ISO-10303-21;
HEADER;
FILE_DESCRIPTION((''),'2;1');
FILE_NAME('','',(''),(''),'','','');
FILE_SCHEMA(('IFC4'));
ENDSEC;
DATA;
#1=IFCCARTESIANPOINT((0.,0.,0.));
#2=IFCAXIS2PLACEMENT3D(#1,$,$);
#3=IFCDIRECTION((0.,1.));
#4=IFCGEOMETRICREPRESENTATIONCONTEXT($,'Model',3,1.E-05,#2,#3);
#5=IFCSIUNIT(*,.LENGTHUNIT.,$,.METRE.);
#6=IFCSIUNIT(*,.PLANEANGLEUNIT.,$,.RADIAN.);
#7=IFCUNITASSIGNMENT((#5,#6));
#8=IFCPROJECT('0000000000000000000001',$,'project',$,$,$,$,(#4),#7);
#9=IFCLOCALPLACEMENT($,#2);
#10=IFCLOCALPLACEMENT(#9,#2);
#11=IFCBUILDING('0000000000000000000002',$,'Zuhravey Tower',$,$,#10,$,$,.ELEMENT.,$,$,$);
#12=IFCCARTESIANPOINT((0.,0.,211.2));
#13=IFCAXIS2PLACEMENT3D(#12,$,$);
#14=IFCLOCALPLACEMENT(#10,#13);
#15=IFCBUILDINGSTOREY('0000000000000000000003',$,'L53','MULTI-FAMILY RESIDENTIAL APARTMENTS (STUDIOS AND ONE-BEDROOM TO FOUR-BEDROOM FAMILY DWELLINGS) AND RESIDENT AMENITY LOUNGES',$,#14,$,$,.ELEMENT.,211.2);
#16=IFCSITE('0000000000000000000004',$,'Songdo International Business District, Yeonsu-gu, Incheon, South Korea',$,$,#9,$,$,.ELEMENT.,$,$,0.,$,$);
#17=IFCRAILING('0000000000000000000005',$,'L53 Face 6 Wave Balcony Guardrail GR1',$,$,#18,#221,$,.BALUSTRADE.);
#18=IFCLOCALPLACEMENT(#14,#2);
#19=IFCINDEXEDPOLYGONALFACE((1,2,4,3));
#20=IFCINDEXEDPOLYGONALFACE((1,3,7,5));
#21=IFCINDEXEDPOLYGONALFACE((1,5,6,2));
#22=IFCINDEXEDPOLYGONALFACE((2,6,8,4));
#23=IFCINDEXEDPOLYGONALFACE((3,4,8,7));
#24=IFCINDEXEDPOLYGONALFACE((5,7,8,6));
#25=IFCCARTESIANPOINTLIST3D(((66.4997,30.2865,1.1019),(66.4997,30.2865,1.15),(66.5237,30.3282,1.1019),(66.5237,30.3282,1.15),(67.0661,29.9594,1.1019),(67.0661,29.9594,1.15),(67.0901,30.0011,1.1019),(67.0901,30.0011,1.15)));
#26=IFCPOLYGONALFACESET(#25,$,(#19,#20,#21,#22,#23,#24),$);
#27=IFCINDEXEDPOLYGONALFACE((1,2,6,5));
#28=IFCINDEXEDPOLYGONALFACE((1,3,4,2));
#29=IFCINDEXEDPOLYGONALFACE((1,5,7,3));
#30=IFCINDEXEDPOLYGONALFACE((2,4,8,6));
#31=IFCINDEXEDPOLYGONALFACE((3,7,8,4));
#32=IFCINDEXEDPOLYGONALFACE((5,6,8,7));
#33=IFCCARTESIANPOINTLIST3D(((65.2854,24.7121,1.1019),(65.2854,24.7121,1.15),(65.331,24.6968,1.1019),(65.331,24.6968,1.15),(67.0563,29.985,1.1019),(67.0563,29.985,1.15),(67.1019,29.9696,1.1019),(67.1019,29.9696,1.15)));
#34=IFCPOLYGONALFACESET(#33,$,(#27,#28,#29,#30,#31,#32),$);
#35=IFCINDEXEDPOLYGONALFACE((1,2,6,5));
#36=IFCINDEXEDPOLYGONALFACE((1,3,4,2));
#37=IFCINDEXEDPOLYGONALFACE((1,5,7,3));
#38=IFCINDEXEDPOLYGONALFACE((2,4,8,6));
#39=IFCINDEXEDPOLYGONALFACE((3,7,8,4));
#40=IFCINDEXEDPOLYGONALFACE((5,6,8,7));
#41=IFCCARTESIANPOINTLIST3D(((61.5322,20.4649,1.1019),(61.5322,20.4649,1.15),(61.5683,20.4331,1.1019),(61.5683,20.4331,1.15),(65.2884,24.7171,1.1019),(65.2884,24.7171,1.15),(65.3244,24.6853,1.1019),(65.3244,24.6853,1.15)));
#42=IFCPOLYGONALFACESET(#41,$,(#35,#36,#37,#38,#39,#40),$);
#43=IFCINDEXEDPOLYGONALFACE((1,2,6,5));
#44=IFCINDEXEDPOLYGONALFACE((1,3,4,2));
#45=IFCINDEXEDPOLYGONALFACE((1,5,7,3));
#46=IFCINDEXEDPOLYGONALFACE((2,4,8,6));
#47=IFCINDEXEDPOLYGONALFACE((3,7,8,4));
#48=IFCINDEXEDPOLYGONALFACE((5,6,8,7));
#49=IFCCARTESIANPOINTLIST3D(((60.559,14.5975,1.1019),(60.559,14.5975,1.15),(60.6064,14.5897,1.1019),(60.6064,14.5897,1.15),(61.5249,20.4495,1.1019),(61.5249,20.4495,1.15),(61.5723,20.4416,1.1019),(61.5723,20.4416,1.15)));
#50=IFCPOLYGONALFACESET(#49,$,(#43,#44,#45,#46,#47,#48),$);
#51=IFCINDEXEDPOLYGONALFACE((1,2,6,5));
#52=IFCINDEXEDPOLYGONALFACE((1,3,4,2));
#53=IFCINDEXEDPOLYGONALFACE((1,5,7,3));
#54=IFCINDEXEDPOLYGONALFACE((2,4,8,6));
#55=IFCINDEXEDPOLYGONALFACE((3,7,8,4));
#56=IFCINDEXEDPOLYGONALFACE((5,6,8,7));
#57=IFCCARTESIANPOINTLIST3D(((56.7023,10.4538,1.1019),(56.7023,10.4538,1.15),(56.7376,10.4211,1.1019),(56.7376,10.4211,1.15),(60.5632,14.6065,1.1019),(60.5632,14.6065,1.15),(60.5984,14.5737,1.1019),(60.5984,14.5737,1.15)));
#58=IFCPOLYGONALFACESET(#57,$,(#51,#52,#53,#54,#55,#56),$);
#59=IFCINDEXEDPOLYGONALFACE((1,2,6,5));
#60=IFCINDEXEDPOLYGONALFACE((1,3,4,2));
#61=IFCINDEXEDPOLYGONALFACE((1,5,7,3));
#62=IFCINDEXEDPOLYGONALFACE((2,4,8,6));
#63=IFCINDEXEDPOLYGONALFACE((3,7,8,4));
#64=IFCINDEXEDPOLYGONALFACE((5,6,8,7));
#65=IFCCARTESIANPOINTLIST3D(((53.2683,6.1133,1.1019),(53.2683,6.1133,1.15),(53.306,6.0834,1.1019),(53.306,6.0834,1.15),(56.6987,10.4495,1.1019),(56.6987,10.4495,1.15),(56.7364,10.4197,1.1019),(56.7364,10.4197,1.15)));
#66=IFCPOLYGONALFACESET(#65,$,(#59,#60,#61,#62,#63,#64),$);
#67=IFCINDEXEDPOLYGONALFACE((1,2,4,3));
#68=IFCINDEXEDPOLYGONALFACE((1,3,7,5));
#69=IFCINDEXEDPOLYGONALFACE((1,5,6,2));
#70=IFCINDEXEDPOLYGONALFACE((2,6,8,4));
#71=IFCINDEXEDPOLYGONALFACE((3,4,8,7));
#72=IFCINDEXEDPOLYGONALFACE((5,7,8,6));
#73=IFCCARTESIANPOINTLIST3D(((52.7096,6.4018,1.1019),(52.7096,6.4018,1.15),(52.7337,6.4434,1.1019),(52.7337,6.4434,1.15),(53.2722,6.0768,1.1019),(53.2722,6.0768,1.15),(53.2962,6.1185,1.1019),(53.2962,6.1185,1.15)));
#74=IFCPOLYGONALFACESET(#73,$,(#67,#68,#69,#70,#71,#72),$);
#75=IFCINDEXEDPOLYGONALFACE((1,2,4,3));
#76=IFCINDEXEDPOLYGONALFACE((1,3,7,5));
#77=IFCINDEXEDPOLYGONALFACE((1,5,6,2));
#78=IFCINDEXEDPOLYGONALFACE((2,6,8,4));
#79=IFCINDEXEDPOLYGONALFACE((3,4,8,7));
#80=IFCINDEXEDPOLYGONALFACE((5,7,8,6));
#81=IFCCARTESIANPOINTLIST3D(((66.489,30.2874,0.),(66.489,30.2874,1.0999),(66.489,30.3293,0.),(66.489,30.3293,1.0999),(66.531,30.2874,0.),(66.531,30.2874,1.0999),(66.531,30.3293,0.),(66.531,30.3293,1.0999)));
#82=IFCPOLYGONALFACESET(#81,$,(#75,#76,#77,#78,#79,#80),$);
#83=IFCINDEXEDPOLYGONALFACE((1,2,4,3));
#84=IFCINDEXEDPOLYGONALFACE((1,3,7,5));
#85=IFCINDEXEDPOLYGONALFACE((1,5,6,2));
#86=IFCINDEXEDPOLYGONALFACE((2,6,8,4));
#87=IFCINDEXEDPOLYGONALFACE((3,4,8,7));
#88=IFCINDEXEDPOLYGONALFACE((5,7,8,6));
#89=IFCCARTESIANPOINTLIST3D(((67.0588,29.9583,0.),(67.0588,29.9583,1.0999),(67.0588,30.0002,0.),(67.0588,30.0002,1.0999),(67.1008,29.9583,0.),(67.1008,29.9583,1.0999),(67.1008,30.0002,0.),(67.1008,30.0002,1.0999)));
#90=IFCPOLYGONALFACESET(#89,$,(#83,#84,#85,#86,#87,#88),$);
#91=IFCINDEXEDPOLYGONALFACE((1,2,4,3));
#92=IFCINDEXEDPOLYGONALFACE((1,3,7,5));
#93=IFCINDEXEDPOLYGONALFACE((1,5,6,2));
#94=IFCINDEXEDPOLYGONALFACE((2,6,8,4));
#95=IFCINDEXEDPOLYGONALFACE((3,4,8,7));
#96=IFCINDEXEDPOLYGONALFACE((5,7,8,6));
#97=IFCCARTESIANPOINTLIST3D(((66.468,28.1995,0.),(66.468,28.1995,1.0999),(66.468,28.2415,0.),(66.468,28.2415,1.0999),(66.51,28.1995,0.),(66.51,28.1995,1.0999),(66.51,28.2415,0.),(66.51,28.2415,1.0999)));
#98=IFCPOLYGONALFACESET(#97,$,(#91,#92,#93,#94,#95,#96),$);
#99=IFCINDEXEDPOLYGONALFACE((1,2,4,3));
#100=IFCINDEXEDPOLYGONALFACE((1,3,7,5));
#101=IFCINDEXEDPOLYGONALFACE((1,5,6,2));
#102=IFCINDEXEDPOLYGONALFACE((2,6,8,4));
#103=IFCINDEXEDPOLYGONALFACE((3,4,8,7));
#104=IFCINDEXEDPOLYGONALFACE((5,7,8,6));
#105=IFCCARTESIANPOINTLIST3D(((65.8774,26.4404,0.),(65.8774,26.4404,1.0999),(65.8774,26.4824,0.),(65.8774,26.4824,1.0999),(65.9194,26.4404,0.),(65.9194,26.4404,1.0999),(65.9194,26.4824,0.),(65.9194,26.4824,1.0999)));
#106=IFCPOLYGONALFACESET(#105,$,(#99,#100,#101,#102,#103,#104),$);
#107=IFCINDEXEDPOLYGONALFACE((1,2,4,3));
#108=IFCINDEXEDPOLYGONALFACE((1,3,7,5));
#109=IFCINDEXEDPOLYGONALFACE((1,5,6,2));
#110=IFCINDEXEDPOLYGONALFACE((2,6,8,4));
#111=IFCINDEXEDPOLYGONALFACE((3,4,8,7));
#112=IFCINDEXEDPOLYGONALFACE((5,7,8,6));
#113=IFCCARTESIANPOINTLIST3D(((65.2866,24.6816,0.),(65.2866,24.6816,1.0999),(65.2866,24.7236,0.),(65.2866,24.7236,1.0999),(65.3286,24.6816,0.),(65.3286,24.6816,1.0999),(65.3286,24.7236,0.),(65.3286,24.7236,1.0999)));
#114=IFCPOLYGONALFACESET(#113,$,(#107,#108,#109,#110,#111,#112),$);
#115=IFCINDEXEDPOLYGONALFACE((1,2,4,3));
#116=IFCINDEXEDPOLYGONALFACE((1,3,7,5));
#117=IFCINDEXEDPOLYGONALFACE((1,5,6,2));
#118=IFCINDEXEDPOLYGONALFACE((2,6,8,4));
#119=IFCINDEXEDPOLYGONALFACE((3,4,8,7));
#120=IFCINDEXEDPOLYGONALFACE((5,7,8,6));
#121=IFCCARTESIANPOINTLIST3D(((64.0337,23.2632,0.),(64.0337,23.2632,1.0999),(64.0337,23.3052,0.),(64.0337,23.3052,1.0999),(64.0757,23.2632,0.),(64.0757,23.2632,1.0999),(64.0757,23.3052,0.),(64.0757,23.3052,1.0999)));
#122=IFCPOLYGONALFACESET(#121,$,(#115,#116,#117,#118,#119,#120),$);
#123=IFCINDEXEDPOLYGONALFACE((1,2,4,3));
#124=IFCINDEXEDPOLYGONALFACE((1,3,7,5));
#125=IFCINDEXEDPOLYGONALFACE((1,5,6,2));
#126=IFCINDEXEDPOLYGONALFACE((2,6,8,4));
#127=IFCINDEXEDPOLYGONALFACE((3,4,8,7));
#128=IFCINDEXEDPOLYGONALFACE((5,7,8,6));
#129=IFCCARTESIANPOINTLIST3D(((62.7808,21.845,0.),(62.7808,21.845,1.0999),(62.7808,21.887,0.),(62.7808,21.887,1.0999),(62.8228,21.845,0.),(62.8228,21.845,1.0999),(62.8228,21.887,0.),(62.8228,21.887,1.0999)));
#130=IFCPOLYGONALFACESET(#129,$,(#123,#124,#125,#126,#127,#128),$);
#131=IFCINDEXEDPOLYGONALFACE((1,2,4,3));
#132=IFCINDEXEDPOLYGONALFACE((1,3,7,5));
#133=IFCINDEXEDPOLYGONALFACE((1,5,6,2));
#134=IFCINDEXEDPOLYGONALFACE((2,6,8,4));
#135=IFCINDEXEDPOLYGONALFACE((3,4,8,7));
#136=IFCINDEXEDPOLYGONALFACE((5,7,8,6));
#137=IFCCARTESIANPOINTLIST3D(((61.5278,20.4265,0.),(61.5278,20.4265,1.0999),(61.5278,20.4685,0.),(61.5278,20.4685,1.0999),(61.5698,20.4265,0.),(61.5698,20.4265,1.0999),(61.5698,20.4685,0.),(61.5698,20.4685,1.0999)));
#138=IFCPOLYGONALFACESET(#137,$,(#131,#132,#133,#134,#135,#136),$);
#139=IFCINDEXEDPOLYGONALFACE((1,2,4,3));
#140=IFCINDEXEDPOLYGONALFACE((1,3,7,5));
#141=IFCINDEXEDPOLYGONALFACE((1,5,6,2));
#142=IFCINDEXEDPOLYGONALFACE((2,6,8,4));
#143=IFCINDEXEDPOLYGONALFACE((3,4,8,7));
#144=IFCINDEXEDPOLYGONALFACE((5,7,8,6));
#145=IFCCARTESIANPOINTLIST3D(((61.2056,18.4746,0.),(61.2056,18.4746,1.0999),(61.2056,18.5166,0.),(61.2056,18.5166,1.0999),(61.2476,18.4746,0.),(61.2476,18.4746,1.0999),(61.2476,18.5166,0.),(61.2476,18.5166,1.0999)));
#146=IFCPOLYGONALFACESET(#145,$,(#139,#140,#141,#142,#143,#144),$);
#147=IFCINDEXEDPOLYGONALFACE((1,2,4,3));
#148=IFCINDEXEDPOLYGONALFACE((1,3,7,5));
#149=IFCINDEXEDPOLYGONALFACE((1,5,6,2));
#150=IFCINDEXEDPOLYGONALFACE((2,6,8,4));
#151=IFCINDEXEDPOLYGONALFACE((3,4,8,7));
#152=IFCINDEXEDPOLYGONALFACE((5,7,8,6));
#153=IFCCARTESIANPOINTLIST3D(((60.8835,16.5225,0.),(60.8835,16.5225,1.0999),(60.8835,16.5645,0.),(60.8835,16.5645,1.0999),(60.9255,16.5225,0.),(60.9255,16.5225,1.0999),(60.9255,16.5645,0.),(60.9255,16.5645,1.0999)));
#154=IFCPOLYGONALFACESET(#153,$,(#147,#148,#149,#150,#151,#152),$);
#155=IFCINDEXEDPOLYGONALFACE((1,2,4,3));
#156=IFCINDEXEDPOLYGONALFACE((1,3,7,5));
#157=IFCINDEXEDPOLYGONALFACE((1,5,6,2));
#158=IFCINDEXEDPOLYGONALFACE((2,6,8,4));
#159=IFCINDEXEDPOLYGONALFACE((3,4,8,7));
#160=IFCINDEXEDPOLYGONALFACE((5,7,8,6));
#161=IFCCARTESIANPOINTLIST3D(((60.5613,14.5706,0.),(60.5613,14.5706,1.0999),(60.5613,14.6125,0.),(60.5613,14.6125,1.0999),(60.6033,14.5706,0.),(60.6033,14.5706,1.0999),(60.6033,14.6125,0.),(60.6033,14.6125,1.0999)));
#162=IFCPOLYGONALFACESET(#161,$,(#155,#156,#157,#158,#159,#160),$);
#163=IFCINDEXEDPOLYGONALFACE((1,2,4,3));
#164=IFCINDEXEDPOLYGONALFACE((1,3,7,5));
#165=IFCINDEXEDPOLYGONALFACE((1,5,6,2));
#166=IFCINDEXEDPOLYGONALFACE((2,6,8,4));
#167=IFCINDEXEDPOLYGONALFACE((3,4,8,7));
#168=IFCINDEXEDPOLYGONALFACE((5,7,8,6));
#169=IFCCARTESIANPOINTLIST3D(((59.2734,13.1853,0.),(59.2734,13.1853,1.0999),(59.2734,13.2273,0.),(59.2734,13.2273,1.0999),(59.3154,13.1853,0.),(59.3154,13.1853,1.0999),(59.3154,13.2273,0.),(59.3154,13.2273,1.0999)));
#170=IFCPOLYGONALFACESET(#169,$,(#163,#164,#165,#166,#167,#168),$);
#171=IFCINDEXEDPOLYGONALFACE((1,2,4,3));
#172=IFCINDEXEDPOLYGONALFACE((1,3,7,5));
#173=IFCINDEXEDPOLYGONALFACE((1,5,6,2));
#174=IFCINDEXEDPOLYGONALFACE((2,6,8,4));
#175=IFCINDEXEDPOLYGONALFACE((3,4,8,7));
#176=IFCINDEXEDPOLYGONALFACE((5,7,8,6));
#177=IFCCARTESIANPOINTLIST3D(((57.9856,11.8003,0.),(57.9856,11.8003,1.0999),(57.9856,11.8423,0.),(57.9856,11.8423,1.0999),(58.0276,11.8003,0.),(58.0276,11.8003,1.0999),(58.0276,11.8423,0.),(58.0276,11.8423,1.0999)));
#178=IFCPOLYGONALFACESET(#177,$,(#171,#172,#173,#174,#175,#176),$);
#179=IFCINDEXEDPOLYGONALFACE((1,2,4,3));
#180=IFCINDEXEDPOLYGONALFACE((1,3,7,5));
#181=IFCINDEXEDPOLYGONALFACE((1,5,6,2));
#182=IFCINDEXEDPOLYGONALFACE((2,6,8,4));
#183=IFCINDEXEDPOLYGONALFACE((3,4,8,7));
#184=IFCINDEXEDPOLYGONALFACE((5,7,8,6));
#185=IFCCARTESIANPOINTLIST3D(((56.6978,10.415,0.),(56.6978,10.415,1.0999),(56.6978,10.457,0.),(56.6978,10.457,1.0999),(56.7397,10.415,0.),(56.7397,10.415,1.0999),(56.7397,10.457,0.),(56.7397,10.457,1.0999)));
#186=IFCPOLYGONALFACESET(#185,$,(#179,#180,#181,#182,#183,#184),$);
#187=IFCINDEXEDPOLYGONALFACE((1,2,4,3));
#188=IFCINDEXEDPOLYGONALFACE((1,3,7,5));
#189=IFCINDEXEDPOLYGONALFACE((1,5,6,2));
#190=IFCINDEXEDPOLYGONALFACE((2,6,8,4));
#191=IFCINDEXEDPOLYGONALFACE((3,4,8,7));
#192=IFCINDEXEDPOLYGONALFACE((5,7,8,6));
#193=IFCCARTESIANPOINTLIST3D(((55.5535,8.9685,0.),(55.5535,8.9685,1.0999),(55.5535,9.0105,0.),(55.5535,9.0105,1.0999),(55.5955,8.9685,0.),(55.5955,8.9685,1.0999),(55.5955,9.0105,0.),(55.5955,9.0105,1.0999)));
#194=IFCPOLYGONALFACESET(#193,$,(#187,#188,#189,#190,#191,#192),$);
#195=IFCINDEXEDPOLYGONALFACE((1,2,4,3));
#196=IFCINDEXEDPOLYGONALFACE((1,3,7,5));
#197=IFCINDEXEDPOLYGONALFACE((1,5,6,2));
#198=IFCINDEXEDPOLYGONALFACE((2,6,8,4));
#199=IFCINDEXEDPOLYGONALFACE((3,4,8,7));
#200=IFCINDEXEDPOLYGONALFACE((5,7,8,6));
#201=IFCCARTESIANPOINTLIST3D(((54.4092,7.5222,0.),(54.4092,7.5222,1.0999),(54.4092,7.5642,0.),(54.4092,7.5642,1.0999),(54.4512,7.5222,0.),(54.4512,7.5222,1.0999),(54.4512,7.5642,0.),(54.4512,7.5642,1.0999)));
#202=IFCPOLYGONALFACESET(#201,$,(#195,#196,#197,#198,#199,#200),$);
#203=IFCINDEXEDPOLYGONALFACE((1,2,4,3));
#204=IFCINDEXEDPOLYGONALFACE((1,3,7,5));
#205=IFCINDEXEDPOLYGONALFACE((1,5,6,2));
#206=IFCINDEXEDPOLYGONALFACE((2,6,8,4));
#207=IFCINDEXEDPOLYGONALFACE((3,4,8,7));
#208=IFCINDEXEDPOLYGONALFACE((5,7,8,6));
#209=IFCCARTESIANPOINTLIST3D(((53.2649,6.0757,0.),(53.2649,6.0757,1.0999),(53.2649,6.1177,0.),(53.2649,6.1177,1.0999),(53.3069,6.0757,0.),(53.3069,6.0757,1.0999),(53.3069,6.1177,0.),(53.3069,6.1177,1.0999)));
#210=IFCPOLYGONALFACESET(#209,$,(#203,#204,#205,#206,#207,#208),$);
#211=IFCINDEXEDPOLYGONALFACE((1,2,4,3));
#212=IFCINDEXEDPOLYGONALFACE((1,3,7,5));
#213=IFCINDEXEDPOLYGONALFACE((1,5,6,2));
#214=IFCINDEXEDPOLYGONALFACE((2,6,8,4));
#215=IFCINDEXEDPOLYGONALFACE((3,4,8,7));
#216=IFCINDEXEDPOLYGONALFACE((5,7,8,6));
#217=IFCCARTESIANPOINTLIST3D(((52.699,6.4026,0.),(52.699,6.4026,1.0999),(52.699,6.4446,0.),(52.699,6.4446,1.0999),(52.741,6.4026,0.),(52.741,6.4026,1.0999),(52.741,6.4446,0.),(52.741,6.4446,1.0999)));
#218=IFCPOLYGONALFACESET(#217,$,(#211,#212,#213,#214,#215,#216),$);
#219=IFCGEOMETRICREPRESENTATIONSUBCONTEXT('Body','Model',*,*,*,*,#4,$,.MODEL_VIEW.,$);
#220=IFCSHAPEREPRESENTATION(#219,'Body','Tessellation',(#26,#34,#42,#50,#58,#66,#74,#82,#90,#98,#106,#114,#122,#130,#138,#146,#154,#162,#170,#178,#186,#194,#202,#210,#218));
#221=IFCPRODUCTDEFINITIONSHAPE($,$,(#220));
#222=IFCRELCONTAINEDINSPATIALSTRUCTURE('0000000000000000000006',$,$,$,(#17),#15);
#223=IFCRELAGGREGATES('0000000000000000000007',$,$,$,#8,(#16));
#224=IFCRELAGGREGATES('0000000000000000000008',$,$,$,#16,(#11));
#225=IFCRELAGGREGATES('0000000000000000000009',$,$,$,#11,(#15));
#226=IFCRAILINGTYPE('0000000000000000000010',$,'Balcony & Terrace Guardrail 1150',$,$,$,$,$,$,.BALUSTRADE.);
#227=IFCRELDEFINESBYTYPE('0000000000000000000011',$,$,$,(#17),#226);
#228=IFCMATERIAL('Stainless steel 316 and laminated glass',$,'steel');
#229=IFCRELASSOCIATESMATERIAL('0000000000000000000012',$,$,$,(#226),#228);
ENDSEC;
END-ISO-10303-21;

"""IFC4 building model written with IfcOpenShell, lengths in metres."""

from ifc_helpers import new_model, si_unit, direction, frame, origin, origin_2d, place, context, subcontext, project, spatial, rectangle, extrude, material, type_object, element, save


model = new_model("IFC4")

# Units and contexts
model_context = context("Model", 3, precision=1e-05, world=origin(), true_north=direction((0.0, 1.0)))
body_context = subcontext(model_context, "Body", "Model", "MODEL_VIEW")
ifc_project = project(units=[si_unit("LENGTHUNIT", "METRE"), si_unit("PLANEANGLEUNIT", "RADIAN")], contexts=[model_context])

# Site, building, storey
site_placement = place(None, origin())
site = spatial("IfcSite", under=ifc_project, at=site_placement, Name="Songdo International Business District, Yeonsu-gu, Incheon, South Korea", CompositionType="ELEMENT", RefElevation=0.0)
building_placement = place(site_placement, origin())
building = spatial("IfcBuilding", under=site, at=building_placement, Name="Zuhravey Tower", CompositionType="ELEMENT")
storey_placement = place(building_placement, frame((0.0, 0.0, 211.2)))
storey = spatial("IfcBuildingStorey", under=building, at=storey_placement, Name="L53", Description="MULTI-FAMILY RESIDENTIAL APARTMENTS (STUDIOS AND ONE-BEDROOM TO FOUR-BEDROOM FAMILY DWELLINGS) AND RESIDENT AMENITY LOUNGES", CompositionType="ELEMENT", Elevation=211.2)

# Railing
ifc_material_1 = material(Name="Stainless steel 316 and laminated glass", Category="steel")
railing_type = type_object("IfcRailingType", Name="Balcony & Terrace Guardrail 1150", PredefinedType="BALUSTRADE", material=ifc_material_1)
railing_placement = place(storey_placement, frame((66.51, 30.3083, 0.0)))
element("IfcRailing", 1, at=railing_placement, inside=storey, type_object=railing_type, Name="L53 Face 6 Wave Balcony Guardrail GR1", PredefinedType="BALUSTRADE", context=body_context, shape_type="SweptSolid", body=[
    extrude(rectangle(XDim=0.0481, YDim=0.0481, at=origin_2d()), frame((0.0017, -0.001, 1.126), z_axis=(0.865951, -0.500129, 0.0), x_axis=(0.500129, 0.865951, 0.0)), (0.0, 0.0, 1.0), 0.6541),
    extrude(rectangle(XDim=0.0481, YDim=0.0481, at=origin_2d()), frame((0.5691, -0.3311, 1.126), z_axis=(-0.318385, -0.947962, 0.0), x_axis=(0.947962, -0.318385, 0.0)), (0.0, 0.0, 1.0), 5.5623),
    extrude(rectangle(XDim=0.0481, YDim=0.0481, at=origin_2d()), frame((-1.2036, -5.6072, 1.126), z_axis=(-0.662044, -0.749465, 0.0), x_axis=(0.749465, -0.662044, 0.0)), (0.0, 0.0, 1.0), 5.6736),
    extrude(rectangle(XDim=0.0481, YDim=0.0481, at=origin_2d()), frame((-4.9614, -9.8628, 1.126), z_axis=(-0.162851, -0.986651, 0.0), x_axis=(0.986651, -0.162851, 0.0)), (0.0, 0.0, 1.0), 5.9312),
    extrude(rectangle(XDim=0.0481, YDim=0.0481, at=origin_2d()), frame((-5.9292, -15.7183, 1.126), z_axis=(-0.680908, -0.732369, 0.0), x_axis=(0.732369, -0.680908, 0.0)), (0.0, 0.0, 1.0), 5.6702),
    extrude(rectangle(XDim=0.0481, YDim=0.0481, at=origin_2d()), frame((-9.7925, -19.8738, 1.126), z_axis=(-0.620429, -0.784262, 0.0), x_axis=(0.784262, -0.620429, 0.0)), (0.0, 0.0, 1.0), 5.5291),
    extrude(rectangle(XDim=0.0481, YDim=0.0481, at=origin_2d()), frame((-13.2258, -24.2107, 1.126), z_axis=(-0.865912, 0.500197, 0.0), x_axis=(-0.500197, -0.865912, 0.0)), (0.0, 0.0, 1.0), 0.6497),
    extrude(rectangle(XDim=0.042, YDim=0.042, at=origin_2d()), origin(), (0.0, 0.0, 1.0), 1.0999),
    extrude(rectangle(XDim=0.042, YDim=0.042, at=origin_2d()), frame((0.5698, -0.3291, 0.0)), (0.0, 0.0, 1.0), 1.0999),
    extrude(rectangle(XDim=0.042, YDim=0.042, at=origin_2d()), frame((-0.021, -2.0879, 0.0)), (0.0, 0.0, 1.0), 1.0999),
    extrude(rectangle(XDim=0.042, YDim=0.042, at=origin_2d()), frame((-0.6116, -3.8469, 0.0)), (0.0, 0.0, 1.0), 1.0999),
    extrude(rectangle(XDim=0.042, YDim=0.042, at=origin_2d()), frame((-1.2024, -5.6057, 0.0)), (0.0, 0.0, 1.0), 1.0999),
    extrude(rectangle(XDim=0.042, YDim=0.042, at=origin_2d()), frame((-2.4553, -7.0242, 0.0)), (0.0, 0.0, 1.0), 1.0999),
    extrude(rectangle(XDim=0.042, YDim=0.042, at=origin_2d()), frame((-3.7083, -8.4424, 0.0)), (0.0, 0.0, 1.0), 1.0999),
    extrude(rectangle(XDim=0.042, YDim=0.042, at=origin_2d()), frame((-4.9612, -9.8608, 0.0)), (0.0, 0.0, 1.0), 1.0999),
    extrude(rectangle(XDim=0.042, YDim=0.042, at=origin_2d()), frame((-5.2834, -11.8127, 0.0)), (0.0, 0.0, 1.0), 1.0999),
    extrude(rectangle(XDim=0.042, YDim=0.042, at=origin_2d()), frame((-5.6055, -13.7649, 0.0)), (0.0, 0.0, 1.0), 1.0999),
    extrude(rectangle(XDim=0.042, YDim=0.042, at=origin_2d()), frame((-5.9277, -15.7168, 0.0)), (0.0, 0.0, 1.0), 1.0999),
    extrude(rectangle(XDim=0.042, YDim=0.042, at=origin_2d()), frame((-7.2156, -17.1021, 0.0)), (0.0, 0.0, 1.0), 1.0999),
    extrude(rectangle(XDim=0.042, YDim=0.042, at=origin_2d()), frame((-8.5034, -18.4871, 0.0)), (0.0, 0.0, 1.0), 1.0999),
    extrude(rectangle(XDim=0.042, YDim=0.042, at=origin_2d()), frame((-9.7913, -19.8723, 0.0)), (0.0, 0.0, 1.0), 1.0999),
    extrude(rectangle(XDim=0.042, YDim=0.042, at=origin_2d()), frame((-10.9355, -21.3188, 0.0)), (0.0, 0.0, 1.0), 1.0999),
    extrude(rectangle(XDim=0.042, YDim=0.042, at=origin_2d()), frame((-12.0798, -22.7651, 0.0)), (0.0, 0.0, 1.0), 1.0999),
    extrude(rectangle(XDim=0.042, YDim=0.042, at=origin_2d()), frame((-13.2241, -24.2117, 0.0)), (0.0, 0.0, 1.0), 1.0999),
    extrude(rectangle(XDim=0.042, YDim=0.042, at=origin_2d()), frame((-13.79, -23.8848, 0.0)), (0.0, 0.0, 1.0), 1.0999),
])

save(model, "model.ifc")
